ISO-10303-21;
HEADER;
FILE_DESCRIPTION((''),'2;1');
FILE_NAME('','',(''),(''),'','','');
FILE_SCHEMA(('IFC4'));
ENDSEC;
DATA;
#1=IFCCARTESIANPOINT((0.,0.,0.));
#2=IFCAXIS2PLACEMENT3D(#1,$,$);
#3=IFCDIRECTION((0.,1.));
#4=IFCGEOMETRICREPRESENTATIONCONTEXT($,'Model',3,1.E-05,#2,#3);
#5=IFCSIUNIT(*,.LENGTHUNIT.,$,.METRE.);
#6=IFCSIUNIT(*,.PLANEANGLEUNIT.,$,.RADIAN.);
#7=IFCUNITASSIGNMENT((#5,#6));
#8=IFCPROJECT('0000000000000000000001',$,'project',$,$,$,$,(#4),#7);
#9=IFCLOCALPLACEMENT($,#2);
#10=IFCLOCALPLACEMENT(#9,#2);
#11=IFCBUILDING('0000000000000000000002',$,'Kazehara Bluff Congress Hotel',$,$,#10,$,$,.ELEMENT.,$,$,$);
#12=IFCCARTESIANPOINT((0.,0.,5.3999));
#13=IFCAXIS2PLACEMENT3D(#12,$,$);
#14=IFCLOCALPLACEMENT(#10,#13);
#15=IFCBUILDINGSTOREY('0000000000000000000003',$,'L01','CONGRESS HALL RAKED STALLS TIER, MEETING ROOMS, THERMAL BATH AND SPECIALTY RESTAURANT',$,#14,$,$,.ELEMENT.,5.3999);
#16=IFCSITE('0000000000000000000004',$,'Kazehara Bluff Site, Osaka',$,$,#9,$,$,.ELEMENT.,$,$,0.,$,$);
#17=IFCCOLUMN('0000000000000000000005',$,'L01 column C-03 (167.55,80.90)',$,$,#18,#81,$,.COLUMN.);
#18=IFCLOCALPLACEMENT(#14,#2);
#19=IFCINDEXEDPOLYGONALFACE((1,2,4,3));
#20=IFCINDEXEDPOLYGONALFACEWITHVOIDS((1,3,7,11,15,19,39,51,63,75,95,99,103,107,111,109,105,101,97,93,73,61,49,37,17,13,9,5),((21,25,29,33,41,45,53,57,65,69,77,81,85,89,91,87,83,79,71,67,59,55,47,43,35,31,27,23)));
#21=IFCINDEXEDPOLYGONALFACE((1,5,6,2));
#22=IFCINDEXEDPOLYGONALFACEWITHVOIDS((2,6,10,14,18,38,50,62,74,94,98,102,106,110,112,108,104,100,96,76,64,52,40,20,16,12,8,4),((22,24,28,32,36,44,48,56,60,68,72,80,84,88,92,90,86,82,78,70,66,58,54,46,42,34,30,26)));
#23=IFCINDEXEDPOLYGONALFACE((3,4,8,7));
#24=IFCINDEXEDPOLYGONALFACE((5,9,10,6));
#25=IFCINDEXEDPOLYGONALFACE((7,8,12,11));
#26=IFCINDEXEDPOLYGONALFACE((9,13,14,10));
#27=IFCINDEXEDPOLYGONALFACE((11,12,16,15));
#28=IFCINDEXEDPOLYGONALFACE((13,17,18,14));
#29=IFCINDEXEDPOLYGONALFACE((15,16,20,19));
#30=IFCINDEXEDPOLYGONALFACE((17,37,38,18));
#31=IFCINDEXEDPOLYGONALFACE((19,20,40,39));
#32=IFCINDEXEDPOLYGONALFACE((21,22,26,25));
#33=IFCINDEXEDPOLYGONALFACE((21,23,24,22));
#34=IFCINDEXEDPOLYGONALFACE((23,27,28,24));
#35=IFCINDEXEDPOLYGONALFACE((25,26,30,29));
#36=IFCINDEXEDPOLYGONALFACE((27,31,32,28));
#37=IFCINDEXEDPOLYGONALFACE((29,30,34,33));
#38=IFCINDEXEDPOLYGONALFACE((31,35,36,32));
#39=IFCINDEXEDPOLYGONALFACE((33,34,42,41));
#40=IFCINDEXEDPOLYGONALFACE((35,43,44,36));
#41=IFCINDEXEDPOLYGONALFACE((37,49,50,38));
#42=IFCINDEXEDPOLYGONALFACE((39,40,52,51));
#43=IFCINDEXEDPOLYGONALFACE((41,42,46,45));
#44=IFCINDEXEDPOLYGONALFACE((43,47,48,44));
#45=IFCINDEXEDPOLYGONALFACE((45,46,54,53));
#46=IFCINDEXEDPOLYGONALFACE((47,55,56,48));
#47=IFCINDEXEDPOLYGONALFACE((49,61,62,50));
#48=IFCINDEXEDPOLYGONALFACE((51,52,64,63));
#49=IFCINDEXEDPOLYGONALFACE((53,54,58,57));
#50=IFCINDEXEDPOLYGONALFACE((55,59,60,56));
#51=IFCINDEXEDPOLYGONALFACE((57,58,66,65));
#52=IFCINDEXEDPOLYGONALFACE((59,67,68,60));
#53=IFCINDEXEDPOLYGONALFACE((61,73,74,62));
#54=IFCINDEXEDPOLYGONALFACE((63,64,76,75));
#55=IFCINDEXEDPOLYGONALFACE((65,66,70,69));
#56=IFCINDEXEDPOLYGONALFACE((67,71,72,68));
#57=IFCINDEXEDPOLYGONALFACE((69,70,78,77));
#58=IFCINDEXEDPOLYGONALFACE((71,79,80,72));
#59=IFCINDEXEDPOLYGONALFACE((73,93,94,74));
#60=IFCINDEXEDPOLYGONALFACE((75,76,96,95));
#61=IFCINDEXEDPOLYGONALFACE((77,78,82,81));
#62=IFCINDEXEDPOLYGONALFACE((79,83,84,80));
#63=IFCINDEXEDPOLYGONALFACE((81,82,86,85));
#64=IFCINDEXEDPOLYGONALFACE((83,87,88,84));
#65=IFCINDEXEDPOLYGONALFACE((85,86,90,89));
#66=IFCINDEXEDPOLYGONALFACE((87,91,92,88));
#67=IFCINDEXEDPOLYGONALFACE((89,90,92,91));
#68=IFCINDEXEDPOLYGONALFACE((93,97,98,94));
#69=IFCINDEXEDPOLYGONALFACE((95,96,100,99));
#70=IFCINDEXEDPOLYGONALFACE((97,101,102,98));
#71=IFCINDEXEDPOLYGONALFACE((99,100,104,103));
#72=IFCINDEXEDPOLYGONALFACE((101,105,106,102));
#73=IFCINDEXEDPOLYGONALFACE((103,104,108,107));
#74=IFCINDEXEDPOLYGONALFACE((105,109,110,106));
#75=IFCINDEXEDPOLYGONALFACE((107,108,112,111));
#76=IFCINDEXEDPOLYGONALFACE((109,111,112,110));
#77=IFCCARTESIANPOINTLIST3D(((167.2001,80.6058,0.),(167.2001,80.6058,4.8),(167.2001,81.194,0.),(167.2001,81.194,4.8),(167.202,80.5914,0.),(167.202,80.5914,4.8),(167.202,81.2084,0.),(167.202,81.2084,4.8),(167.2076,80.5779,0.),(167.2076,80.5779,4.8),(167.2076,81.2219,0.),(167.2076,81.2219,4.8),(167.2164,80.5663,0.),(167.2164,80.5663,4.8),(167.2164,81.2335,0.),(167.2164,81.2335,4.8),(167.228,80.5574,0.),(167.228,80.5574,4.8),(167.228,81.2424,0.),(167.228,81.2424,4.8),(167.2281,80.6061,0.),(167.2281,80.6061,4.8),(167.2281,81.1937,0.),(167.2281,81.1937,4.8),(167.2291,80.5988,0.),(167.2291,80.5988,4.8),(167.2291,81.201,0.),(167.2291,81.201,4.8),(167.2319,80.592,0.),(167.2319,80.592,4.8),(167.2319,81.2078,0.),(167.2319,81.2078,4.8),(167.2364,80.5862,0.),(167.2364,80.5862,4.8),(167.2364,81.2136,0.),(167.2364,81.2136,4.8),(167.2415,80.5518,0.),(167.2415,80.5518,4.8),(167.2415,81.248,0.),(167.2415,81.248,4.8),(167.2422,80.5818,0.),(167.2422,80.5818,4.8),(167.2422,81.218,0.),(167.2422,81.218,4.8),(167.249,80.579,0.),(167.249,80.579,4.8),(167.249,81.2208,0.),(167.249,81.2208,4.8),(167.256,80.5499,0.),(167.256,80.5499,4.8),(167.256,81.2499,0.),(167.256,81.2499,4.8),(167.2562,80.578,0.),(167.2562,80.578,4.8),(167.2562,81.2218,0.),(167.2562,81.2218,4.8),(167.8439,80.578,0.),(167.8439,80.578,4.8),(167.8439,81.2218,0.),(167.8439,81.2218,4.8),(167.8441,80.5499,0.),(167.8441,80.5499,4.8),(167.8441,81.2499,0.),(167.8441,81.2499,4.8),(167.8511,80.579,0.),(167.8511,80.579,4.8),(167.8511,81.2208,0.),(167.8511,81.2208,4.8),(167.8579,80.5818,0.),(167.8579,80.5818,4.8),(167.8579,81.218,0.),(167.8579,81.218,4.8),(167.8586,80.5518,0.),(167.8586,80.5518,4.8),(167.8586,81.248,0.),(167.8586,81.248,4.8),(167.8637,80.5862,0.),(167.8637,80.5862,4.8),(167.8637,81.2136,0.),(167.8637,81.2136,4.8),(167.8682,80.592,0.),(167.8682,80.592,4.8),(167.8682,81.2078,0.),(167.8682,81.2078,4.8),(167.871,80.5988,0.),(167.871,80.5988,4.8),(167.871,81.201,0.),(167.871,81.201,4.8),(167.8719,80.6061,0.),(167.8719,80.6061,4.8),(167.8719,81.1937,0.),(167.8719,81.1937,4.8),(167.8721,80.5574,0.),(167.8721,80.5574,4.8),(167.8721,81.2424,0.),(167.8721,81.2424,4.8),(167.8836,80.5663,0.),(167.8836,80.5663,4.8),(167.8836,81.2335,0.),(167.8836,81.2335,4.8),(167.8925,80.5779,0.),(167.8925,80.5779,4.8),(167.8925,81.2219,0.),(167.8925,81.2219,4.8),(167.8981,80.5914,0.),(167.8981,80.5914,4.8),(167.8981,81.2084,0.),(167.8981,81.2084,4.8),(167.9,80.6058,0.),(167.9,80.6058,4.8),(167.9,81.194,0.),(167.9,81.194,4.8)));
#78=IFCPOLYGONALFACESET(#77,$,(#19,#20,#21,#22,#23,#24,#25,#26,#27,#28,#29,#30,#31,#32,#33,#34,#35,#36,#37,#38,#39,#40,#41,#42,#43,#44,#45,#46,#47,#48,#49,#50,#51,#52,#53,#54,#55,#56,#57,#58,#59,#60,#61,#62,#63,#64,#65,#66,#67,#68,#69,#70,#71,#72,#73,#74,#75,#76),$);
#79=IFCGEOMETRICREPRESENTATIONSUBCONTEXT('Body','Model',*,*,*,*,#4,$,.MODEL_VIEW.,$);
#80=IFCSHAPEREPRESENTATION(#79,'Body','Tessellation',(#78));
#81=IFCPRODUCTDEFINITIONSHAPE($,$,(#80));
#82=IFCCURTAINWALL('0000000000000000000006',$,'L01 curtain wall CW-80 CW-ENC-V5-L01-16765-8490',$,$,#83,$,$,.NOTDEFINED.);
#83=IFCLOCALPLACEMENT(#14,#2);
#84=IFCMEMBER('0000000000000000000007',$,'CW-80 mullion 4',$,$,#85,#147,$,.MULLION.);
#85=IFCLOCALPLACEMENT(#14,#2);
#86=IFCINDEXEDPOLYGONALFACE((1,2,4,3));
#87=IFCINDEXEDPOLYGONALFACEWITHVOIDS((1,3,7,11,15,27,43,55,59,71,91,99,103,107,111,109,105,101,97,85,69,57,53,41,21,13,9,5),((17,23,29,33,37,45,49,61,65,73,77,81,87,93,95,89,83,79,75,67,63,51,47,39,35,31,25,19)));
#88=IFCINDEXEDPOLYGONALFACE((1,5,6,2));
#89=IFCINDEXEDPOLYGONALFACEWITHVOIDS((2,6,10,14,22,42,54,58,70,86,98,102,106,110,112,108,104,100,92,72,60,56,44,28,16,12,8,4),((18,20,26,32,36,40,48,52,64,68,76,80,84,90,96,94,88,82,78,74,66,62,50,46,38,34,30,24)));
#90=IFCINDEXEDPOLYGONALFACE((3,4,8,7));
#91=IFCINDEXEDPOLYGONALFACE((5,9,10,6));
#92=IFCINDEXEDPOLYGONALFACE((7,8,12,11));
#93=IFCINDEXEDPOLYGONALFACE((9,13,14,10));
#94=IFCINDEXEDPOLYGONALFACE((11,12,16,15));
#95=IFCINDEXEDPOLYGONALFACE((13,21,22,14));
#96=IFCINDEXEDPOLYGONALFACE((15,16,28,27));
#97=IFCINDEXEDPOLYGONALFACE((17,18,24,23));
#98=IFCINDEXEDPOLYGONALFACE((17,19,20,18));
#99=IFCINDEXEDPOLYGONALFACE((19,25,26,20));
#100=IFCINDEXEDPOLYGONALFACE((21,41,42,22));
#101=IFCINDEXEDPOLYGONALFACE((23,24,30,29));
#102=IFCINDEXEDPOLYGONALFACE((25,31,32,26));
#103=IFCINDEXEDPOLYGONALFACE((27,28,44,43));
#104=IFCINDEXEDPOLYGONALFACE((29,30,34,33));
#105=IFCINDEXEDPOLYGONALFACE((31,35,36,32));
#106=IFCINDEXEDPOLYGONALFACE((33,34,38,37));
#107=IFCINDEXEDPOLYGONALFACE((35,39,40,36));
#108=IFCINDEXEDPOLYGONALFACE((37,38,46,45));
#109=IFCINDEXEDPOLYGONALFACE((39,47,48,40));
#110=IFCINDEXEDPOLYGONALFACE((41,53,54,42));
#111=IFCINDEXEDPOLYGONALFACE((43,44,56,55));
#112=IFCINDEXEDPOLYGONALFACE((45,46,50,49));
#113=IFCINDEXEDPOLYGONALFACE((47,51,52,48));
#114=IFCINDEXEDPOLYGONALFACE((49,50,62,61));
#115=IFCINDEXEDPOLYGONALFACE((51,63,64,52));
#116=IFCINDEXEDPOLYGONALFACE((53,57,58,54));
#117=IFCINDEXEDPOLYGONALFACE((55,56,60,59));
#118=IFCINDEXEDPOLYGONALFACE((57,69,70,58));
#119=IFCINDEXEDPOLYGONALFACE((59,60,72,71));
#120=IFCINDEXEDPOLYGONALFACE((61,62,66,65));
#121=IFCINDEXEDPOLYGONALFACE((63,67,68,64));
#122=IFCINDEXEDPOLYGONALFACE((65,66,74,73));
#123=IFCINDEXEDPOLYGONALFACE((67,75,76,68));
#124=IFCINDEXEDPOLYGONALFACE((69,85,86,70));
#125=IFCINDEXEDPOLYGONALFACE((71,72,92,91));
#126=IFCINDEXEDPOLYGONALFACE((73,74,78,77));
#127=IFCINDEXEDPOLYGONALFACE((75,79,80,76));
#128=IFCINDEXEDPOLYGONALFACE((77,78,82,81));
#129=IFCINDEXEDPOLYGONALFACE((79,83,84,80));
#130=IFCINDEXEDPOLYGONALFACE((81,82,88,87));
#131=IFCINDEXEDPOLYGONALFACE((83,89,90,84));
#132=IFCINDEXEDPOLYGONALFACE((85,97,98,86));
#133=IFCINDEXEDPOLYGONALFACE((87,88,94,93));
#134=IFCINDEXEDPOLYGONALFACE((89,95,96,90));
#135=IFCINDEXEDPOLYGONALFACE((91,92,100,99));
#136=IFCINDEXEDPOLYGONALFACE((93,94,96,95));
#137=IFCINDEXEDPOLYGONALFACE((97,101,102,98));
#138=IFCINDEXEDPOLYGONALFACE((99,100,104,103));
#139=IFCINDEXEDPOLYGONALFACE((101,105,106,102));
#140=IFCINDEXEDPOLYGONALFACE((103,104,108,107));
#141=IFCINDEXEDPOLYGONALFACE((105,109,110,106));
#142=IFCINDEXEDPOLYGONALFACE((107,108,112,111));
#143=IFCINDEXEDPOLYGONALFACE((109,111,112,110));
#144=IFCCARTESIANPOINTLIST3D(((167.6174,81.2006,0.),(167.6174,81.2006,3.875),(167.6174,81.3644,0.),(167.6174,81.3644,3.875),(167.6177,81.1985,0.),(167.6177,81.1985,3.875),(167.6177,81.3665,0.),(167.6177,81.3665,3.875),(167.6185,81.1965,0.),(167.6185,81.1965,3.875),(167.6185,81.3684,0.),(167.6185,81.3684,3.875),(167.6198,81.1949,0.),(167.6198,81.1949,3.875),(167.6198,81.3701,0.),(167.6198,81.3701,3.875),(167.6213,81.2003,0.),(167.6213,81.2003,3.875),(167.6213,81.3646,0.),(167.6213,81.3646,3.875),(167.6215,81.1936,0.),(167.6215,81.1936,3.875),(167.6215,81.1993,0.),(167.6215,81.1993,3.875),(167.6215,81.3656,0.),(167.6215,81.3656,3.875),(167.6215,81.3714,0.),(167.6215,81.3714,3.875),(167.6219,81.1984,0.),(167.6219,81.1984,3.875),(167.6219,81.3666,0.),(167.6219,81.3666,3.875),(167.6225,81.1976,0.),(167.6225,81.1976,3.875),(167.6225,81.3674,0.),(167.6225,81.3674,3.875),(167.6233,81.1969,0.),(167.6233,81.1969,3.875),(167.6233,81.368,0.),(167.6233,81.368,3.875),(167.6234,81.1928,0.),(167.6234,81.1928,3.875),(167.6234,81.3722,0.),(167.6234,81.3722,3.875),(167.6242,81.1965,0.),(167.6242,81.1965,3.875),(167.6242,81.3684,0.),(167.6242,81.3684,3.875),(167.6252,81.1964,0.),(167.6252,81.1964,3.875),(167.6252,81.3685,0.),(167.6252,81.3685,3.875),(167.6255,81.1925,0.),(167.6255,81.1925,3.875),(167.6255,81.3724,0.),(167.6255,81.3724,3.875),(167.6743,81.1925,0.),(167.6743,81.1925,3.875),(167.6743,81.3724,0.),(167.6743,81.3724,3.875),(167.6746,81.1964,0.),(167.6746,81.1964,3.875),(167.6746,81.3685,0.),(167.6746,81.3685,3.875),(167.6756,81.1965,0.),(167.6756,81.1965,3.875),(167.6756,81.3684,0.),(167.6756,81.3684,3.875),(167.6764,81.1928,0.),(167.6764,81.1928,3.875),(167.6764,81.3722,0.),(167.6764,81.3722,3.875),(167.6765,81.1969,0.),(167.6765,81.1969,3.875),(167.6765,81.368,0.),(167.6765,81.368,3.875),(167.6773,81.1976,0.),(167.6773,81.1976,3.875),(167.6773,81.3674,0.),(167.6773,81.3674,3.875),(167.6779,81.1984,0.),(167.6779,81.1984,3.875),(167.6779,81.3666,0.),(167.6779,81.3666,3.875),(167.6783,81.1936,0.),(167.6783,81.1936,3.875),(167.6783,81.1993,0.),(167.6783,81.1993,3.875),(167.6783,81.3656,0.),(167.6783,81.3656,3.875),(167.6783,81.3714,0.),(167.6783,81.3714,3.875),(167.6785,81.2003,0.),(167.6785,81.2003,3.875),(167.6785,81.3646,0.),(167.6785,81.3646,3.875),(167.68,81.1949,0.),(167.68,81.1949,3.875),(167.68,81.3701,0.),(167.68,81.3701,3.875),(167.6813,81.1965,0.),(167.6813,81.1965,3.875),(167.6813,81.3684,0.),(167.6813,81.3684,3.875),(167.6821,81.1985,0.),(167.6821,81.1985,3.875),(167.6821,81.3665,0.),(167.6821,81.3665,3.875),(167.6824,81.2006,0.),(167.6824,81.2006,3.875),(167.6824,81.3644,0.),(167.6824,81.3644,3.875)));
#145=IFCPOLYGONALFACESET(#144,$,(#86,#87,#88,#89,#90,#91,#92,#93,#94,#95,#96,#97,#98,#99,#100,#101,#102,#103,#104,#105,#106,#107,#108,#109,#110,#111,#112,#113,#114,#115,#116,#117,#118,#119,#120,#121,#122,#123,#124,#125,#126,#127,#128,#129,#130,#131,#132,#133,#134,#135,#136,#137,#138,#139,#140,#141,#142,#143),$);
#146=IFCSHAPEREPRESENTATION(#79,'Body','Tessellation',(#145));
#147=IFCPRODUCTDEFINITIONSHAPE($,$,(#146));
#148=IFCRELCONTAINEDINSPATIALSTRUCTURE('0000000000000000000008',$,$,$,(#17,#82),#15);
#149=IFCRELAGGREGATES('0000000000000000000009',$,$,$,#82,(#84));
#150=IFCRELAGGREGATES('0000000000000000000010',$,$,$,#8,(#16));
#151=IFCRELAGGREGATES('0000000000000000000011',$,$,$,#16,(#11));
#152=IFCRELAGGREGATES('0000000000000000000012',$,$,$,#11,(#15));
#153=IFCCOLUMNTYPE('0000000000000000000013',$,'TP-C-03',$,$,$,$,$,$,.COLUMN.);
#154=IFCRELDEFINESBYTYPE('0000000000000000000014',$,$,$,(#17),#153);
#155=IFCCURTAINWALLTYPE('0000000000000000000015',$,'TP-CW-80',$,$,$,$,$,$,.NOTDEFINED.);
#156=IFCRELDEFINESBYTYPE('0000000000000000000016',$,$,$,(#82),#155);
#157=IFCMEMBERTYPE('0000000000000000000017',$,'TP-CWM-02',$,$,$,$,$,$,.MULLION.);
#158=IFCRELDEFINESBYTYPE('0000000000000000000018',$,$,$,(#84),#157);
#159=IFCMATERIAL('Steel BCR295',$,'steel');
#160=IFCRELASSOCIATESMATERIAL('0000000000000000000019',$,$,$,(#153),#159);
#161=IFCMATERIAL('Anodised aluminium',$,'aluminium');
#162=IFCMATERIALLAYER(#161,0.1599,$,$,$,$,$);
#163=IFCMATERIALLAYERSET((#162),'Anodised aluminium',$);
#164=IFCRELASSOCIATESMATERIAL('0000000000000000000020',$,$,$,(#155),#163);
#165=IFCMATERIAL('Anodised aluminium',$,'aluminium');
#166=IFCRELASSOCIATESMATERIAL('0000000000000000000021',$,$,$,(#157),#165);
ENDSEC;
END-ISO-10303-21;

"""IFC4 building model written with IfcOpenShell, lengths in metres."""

from ifc_helpers import new_model, si_unit, direction, frame, origin, origin_2d, place, context, subcontext, project, spatial, hollow_rectangle, extrude, material, layer, layer_set, material_profile, profile_set, type_object, element, aggregate, save


model = new_model("IFC4")

# Units and contexts
model_context = context("Model", 3, precision=1e-05, world=origin(), true_north=direction((0.0, 1.0)))
body_context = subcontext(model_context, "Body", "Model", "MODEL_VIEW")
ifc_project = project(units=[si_unit("LENGTHUNIT", "METRE"), si_unit("PLANEANGLEUNIT", "RADIAN")], contexts=[model_context])

# Site, building, storey
site_placement = place(None, origin())
site = spatial("IfcSite", under=ifc_project, at=site_placement, Name="Kazehara Bluff Site, Osaka", CompositionType="ELEMENT", RefElevation=0.0)
building_placement = place(site_placement, origin())
building = spatial("IfcBuilding", under=site, at=building_placement, Name="Kazehara Bluff Congress Hotel", CompositionType="ELEMENT")
storey_placement = place(building_placement, frame((0.0, 0.0, 5.3999)))
storey = spatial("IfcBuildingStorey", under=building, at=storey_placement, Name="L01", Description="CONGRESS HALL RAKED STALLS TIER, MEETING ROOMS, THERMAL BATH AND SPECIALTY RESTAURANT", CompositionType="ELEMENT", Elevation=5.3999)

# Column
ifc_material_1 = material(Name="Steel BCR295", Category="steel")
ifc_material_profile_1 = material_profile(ifc_material_1, hollow_rectangle(XDim=0.7, YDim=0.7, WallThickness=0.0281, InnerFilletRadius=0.0281, OuterFilletRadius=0.0559, at=origin_2d()))
ifc_profile_set_1 = profile_set([ifc_material_profile_1], Name="Steel BCR295")
column_type = type_object("IfcColumnType", Name="TP-C-03", PredefinedType="COLUMN", material=ifc_profile_set_1)
column_placement = place(storey_placement, frame((167.55, 80.8999, 0.0), z_axis=(0.0, 0.0, 1.0), x_axis=(1.0, 0.0, 0.0)))
element("IfcColumn", 1, at=column_placement, inside=storey, type_object=column_type, Name="L01 column C-03 (167.55,80.90)", PredefinedType="COLUMN", context=body_context, shape_type="SweptSolid", body=[
    extrude(hollow_rectangle(XDim=0.7, YDim=0.7, WallThickness=0.0281, InnerFilletRadius=0.0281, OuterFilletRadius=0.0559, at=origin_2d()), origin(), (0.0, 0.0, 1.0), 4.8),
])

# Curtain wall, member
ifc_material_2 = material(Name="Anodised aluminium", Category="aluminium")
ifc_layer_1 = layer(ifc_material_2, 0.1599)
ifc_layer_set_1 = layer_set([ifc_layer_1], Name="Anodised aluminium")
curtain_wall_type_1 = type_object("IfcCurtainWallType", Name="TP-CW-80", PredefinedType="NOTDEFINED", material=ifc_layer_set_1)
curtain_wall_1_placement = place(storey_placement, origin())
curtain_wall_1 = element("IfcCurtainWall", 2, at=curtain_wall_1_placement, inside=storey, type_object=curtain_wall_type_1, Name="L01 curtain wall CW-80 CW-ENC-V5-L01-16765-8490", PredefinedType="NOTDEFINED")
ifc_material_3 = material(Name="Anodised aluminium", Category="aluminium")
ifc_material_profile_2 = material_profile(ifc_material_3, hollow_rectangle(XDim=0.0649, YDim=0.1799, WallThickness=0.0039, InnerFilletRadius=0.0039, OuterFilletRadius=0.0081, at=origin_2d()))
ifc_profile_set_2 = profile_set([ifc_material_profile_2], Name="Anodised aluminium")
member_type_1 = type_object("IfcMemberType", Name="TP-CWM-02", PredefinedType="MULLION", material=ifc_profile_set_2)
member_1_placement = place(storey_placement, frame((167.6499, 81.2825, 0.0), z_axis=(0.0, 0.0, 1.0), x_axis=(1.0, 0.0, 0.0)))
member_1 = element("IfcMember", 3, at=member_1_placement, type_object=member_type_1, Name="CW-80 mullion 4", PredefinedType="MULLION", context=body_context, shape_type="SweptSolid", body=[
    extrude(hollow_rectangle(XDim=0.0649, YDim=0.1799, WallThickness=0.0039, InnerFilletRadius=0.0039, OuterFilletRadius=0.0081, at=origin_2d()), origin(), (0.0, 0.0, 1.0), 3.875),
])

aggregate(curtain_wall_1, [member_1])

save(model, "model.ifc")
